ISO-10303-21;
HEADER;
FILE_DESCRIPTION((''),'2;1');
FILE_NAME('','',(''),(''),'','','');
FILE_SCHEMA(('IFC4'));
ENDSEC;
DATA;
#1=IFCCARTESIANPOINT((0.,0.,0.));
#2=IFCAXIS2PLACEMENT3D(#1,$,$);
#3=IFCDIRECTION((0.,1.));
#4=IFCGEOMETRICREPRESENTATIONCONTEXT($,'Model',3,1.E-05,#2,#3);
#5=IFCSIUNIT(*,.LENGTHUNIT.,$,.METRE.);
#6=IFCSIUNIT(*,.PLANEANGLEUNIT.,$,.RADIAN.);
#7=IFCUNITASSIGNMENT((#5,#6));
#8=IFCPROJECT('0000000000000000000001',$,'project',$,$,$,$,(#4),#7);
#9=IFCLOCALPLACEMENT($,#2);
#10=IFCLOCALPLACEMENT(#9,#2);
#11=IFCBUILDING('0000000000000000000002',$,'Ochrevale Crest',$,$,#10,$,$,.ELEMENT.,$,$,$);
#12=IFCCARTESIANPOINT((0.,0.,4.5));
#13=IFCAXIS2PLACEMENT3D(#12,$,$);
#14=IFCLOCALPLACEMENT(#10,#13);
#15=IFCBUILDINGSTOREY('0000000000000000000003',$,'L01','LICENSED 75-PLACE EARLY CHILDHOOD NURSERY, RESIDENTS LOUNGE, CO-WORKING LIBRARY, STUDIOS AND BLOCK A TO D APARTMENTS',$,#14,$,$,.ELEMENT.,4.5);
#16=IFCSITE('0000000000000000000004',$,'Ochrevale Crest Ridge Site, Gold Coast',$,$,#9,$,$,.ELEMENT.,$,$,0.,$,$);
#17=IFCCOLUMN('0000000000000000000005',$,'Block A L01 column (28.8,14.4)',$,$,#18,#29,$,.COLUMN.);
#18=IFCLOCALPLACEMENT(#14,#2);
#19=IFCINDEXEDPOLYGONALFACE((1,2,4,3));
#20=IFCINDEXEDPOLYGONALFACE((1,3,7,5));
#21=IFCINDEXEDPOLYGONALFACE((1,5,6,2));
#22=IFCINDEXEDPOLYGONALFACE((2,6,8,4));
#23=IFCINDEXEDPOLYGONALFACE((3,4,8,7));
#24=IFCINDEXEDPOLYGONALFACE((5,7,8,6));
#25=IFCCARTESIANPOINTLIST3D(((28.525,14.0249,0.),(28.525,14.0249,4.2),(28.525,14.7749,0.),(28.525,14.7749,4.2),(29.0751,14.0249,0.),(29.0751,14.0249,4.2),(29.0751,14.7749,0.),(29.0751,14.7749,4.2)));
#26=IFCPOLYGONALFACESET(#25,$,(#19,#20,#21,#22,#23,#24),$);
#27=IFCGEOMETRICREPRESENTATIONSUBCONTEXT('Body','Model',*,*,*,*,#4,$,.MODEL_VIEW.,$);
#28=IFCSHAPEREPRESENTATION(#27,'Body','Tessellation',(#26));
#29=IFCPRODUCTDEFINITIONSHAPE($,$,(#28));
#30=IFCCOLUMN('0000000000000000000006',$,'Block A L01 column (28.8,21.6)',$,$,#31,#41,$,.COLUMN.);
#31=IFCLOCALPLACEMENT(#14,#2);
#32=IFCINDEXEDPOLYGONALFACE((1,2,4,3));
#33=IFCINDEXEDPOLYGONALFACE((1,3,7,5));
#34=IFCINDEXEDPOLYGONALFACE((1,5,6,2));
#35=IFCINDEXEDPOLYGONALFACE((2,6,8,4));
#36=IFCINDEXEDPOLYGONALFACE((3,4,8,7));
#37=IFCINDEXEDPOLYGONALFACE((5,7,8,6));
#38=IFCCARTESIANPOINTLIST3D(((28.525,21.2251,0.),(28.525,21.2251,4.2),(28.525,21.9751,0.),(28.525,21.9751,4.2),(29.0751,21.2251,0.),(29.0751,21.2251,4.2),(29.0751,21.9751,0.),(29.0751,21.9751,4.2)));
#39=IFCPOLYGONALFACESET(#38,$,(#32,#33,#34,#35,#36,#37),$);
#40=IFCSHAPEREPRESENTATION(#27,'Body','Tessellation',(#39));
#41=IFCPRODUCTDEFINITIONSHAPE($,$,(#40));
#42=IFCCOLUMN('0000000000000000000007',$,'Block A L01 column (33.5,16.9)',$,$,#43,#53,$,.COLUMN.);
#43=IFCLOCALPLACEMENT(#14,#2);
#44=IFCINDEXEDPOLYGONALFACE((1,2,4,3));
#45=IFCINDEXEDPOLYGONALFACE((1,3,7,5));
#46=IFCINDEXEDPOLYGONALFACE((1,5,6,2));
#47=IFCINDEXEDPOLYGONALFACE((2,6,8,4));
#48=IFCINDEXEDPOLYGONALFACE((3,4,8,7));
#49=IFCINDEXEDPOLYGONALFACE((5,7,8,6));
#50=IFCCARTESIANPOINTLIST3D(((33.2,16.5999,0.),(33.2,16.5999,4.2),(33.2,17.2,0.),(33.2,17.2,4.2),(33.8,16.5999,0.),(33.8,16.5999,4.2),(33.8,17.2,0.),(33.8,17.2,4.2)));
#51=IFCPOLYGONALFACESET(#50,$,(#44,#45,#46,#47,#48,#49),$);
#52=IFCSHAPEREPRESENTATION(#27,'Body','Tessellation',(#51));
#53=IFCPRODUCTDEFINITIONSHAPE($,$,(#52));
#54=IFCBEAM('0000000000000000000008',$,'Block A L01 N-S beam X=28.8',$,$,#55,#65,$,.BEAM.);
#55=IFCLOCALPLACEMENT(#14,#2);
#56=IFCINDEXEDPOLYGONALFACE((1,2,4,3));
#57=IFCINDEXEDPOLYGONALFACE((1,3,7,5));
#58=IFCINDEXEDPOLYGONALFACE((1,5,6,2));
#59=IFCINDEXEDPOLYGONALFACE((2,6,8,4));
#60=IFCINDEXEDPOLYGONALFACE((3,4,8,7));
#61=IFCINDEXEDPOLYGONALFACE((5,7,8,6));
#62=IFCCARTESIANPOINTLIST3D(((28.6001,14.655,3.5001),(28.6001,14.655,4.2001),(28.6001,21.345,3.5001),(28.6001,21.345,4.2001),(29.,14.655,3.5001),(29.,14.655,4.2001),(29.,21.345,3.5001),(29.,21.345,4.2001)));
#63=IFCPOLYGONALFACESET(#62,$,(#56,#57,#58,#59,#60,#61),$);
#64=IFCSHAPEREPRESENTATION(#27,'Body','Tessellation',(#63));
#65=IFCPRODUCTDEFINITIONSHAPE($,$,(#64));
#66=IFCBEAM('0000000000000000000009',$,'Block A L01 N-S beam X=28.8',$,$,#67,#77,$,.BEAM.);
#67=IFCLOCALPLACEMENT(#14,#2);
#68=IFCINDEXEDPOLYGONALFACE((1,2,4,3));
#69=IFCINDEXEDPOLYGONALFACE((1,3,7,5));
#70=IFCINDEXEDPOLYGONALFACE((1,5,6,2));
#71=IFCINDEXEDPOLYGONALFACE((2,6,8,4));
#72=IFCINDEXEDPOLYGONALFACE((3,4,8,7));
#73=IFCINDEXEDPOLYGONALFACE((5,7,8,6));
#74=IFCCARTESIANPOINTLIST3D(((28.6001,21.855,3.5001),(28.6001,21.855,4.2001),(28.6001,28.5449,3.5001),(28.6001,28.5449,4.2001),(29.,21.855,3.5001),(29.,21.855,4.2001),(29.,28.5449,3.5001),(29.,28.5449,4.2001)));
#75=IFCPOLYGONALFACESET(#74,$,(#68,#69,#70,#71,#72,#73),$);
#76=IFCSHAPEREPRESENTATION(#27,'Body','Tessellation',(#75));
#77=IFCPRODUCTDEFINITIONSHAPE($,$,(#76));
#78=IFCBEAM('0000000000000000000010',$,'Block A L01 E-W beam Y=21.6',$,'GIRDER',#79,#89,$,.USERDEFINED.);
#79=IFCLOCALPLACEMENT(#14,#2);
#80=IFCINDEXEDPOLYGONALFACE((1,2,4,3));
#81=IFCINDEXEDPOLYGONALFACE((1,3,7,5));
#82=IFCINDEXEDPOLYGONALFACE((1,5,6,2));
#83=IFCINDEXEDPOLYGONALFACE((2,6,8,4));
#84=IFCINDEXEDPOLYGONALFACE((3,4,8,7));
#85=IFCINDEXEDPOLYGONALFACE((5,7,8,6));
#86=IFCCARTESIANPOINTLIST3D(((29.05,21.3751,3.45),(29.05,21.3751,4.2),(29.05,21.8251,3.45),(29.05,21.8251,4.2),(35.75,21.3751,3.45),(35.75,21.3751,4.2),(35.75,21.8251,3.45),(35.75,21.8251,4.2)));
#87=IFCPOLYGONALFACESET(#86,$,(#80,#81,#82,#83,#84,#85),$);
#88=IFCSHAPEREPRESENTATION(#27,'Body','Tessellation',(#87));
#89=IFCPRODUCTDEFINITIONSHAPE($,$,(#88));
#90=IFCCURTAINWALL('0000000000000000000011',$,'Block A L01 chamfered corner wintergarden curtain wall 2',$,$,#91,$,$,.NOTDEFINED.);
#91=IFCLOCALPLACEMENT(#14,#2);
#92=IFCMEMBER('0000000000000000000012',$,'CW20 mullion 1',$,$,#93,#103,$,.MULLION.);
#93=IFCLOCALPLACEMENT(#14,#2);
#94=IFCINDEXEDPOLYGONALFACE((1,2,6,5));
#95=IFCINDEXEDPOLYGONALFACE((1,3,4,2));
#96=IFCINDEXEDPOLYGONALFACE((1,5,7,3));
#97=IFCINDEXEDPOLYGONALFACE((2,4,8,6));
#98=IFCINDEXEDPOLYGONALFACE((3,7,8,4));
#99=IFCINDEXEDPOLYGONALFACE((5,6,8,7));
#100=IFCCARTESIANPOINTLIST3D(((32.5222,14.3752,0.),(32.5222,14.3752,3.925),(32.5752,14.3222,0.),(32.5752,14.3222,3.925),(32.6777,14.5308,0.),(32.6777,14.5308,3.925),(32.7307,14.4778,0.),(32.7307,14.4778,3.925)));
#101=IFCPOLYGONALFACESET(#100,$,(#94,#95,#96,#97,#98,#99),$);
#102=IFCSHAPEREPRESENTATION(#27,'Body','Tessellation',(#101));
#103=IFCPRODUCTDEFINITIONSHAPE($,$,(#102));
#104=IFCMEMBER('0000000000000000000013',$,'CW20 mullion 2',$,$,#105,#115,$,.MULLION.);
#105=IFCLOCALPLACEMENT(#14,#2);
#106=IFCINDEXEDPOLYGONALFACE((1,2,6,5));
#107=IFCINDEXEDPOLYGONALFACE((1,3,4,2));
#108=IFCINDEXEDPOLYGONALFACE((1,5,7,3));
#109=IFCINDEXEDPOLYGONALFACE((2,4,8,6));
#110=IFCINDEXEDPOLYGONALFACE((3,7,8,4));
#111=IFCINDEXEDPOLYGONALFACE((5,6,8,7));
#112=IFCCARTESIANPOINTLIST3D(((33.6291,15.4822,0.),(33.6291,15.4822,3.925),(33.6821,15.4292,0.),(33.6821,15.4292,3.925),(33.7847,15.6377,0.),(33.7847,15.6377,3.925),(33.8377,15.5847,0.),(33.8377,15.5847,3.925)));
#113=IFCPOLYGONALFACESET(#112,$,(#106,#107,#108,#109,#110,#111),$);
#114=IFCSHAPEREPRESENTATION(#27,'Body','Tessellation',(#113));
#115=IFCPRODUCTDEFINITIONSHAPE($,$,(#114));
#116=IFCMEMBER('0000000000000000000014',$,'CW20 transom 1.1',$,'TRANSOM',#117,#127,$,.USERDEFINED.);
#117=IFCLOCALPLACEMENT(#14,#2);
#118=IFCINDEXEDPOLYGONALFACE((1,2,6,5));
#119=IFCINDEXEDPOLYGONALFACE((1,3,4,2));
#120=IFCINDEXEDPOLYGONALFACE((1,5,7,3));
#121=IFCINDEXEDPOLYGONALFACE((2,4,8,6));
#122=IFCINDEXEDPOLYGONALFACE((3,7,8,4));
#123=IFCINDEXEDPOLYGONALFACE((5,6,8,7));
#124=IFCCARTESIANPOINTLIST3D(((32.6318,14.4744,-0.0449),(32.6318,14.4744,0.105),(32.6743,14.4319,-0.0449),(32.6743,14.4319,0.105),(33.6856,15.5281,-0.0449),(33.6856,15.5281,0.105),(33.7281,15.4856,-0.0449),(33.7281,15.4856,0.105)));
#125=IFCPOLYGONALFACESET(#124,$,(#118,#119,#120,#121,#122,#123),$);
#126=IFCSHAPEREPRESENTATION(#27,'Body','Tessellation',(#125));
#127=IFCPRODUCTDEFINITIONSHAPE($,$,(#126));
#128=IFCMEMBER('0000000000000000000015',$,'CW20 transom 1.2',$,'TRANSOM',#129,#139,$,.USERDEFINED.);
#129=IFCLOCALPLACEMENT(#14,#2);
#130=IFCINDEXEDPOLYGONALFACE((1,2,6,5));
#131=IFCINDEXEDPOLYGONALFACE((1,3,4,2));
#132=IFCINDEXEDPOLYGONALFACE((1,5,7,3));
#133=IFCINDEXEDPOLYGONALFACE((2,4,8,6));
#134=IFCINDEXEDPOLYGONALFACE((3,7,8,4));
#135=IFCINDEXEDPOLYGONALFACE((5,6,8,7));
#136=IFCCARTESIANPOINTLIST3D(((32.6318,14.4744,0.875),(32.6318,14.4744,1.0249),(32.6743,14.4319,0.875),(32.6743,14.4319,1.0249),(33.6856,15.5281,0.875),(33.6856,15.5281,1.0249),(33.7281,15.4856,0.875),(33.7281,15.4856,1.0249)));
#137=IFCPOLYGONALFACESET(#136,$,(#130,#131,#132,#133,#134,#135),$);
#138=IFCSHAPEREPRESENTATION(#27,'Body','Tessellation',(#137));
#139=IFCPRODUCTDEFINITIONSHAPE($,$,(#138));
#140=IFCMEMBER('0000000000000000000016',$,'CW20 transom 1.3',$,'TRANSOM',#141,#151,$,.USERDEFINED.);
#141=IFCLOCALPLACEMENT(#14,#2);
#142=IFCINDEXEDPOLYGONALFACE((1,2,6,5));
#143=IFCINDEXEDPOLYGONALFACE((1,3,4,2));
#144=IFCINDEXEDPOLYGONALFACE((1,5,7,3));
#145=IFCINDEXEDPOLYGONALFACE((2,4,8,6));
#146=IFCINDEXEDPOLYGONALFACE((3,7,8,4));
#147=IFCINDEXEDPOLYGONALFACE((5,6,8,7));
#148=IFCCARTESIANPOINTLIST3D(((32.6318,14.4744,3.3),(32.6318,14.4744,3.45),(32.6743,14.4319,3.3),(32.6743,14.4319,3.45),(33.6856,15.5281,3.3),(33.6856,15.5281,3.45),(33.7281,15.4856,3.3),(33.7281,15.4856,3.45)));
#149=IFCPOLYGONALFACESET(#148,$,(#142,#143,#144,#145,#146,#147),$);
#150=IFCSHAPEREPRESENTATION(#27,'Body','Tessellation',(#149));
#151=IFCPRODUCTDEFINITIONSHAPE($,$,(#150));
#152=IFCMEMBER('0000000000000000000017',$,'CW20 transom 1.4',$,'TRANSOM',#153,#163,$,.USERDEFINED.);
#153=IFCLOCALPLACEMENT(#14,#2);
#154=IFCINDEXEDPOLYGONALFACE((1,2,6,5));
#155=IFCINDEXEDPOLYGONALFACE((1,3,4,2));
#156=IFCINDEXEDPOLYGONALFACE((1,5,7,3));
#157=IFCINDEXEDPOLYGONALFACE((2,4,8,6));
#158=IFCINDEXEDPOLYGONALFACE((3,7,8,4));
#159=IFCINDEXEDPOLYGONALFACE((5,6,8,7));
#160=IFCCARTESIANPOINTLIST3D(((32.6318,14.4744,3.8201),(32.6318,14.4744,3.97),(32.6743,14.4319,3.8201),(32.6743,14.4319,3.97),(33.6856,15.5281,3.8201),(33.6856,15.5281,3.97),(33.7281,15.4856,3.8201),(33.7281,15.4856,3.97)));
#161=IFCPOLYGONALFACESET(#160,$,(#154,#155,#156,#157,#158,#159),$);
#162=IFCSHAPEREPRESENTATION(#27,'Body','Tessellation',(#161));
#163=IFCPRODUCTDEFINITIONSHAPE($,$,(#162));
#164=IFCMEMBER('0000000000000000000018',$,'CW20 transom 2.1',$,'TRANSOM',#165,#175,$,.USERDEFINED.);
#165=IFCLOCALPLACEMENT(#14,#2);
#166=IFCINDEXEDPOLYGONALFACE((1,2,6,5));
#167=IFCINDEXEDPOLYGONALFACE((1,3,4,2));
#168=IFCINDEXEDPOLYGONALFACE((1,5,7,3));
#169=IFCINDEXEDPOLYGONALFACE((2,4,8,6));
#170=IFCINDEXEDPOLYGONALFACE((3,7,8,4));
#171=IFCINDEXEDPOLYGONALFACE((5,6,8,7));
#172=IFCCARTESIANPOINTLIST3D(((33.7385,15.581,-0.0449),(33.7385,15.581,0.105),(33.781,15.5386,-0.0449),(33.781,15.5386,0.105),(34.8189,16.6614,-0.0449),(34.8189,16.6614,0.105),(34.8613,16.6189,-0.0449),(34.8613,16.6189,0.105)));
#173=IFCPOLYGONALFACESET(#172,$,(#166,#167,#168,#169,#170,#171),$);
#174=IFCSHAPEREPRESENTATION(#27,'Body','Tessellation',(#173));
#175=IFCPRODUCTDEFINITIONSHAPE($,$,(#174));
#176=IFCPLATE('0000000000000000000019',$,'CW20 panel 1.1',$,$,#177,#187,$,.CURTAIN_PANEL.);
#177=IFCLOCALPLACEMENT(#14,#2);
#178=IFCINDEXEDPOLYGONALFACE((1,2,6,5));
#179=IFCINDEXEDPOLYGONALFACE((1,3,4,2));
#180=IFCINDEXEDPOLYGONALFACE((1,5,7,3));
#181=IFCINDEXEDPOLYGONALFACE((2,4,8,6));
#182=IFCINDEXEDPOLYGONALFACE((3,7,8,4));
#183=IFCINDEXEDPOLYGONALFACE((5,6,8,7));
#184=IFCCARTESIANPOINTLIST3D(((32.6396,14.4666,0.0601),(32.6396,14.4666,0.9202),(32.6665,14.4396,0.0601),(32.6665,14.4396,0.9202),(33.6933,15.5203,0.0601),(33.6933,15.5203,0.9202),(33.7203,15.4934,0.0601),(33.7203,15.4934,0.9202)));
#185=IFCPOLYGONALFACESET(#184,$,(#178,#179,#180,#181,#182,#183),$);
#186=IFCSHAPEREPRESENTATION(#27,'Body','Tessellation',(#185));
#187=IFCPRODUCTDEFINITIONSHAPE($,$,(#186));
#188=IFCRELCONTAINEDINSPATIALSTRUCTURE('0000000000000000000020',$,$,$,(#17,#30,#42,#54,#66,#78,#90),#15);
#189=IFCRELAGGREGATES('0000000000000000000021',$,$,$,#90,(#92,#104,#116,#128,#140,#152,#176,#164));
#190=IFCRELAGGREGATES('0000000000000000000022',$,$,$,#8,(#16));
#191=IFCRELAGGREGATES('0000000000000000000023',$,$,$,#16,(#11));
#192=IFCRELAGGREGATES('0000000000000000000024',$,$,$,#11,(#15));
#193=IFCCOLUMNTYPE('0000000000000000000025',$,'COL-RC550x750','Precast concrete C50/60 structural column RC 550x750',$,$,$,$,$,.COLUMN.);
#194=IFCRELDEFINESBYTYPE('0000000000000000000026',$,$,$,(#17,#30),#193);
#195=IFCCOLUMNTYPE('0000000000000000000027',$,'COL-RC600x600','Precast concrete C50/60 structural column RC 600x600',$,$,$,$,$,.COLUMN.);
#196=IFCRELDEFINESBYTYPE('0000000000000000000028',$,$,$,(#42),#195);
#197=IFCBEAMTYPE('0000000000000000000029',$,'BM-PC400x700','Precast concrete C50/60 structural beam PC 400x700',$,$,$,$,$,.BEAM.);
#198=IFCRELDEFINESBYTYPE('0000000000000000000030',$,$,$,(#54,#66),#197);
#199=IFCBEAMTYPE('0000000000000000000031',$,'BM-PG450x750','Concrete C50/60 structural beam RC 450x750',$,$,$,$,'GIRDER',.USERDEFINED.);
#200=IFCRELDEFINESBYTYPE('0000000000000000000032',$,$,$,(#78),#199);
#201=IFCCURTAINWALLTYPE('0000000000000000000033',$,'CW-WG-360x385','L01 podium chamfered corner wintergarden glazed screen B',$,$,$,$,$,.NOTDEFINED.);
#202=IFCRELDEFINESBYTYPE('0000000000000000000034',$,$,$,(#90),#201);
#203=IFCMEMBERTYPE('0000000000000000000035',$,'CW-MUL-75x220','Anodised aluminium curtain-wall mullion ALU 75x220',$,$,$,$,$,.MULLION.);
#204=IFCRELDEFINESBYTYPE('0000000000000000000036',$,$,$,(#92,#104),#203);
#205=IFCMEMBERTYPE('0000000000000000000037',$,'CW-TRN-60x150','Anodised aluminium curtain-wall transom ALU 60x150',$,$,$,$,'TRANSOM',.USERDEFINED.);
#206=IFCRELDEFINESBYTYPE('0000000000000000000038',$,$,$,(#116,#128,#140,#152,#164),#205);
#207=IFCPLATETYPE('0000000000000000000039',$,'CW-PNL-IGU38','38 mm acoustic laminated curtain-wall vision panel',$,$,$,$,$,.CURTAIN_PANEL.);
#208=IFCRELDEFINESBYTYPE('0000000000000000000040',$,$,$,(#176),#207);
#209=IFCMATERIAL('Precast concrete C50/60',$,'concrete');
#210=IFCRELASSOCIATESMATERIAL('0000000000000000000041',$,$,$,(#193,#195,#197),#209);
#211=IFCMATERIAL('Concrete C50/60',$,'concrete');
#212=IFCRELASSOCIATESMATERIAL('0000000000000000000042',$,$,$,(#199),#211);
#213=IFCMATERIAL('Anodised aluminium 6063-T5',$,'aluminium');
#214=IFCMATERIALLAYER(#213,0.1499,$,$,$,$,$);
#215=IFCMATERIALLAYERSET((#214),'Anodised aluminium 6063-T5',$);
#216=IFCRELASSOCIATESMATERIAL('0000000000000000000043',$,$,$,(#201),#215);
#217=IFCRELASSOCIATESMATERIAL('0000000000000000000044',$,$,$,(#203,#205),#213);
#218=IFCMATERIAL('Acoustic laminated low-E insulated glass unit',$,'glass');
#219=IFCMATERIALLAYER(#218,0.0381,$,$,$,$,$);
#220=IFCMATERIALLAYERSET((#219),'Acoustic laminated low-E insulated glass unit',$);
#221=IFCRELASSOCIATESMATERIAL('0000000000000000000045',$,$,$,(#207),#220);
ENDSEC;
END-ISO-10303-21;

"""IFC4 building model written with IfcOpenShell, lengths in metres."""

from ifc_helpers import new_model, si_unit, direction, frame, origin, origin_2d, place, context, subcontext, project, spatial, rectangle, extrude, material, layer, layer_set, material_profile, profile_set, type_object, element, aggregate, save


model = new_model("IFC4")

# Units and contexts
model_context = context("Model", 3, precision=1e-05, world=origin(), true_north=direction((0.0, 1.0)))
body_context = subcontext(model_context, "Body", "Model", "MODEL_VIEW")
ifc_project = project(units=[si_unit("LENGTHUNIT", "METRE"), si_unit("PLANEANGLEUNIT", "RADIAN")], contexts=[model_context])

# Site, building, storey
site_placement = place(None, origin())
site = spatial("IfcSite", under=ifc_project, at=site_placement, Name="Ochrevale Crest Ridge Site, Gold Coast", CompositionType="ELEMENT", RefElevation=0.0)
building_placement = place(site_placement, origin())
building = spatial("IfcBuilding", under=site, at=building_placement, Name="Ochrevale Crest", CompositionType="ELEMENT")
storey_placement = place(building_placement, frame((0.0, 0.0, 4.5)))
storey = spatial("IfcBuildingStorey", under=building, at=storey_placement, Name="L01", Description="LICENSED 75-PLACE EARLY CHILDHOOD NURSERY, RESIDENTS LOUNGE, CO-WORKING LIBRARY, STUDIOS AND BLOCK A TO D APARTMENTS", CompositionType="ELEMENT", Elevation=4.5)

# Columns
ifc_material_1 = material(Name="Precast concrete C50/60", Category="concrete")
ifc_material_profile_1 = material_profile(ifc_material_1, rectangle(XDim=0.55, YDim=0.75, at=origin_2d()), Name="RC 550x750")
ifc_profile_set_1 = profile_set([ifc_material_profile_1], Name="Precast concrete C50/60")
column_type_1 = type_object("IfcColumnType", Name="COL-RC550x750", Description="Precast concrete C50/60 structural column RC 550x750", PredefinedType="COLUMN", material=ifc_profile_set_1)
for number, where, z_axis, x_axis, name in (
    (1, (28.8, 14.3999, 0.0), (0.0, 0.0, 1.0), (1.0, 0.0, 0.0), "Block A L01 column (28.8,14.4)"),
    (2, (28.8, 21.6001, 0.0), (0.0, 0.0, 1.0), (1.0, 0.0, 0.0), "Block A L01 column (28.8,21.6)"),
):
    element("IfcColumn", number, at=place(storey_placement, frame(where, z_axis=z_axis, x_axis=x_axis)), inside=storey, type_object=column_type_1, Name=name, PredefinedType="COLUMN", context=body_context, shape_type="SweptSolid", body=[
        extrude(rectangle(XDim=0.55, YDim=0.75, at=origin_2d()), origin(), (0.0, 0.0, 1.0), 4.2),
    ])
ifc_material_profile_2 = material_profile(ifc_material_1, rectangle(XDim=0.6001, YDim=0.6001, at=origin_2d()), Name="RC 600x600")
ifc_profile_set_2 = profile_set([ifc_material_profile_2], Name="Precast concrete C50/60")
column_type_2 = type_object("IfcColumnType", Name="COL-RC600x600", Description="Precast concrete C50/60 structural column RC 600x600", PredefinedType="COLUMN", material=ifc_profile_set_2)
column_placement = place(storey_placement, frame((33.5, 16.8999, 0.0), z_axis=(0.0, 0.0, 1.0), x_axis=(1.0, 0.0, 0.0)))
element("IfcColumn", 3, at=column_placement, inside=storey, type_object=column_type_2, Name="Block A L01 column (33.5,16.9)", PredefinedType="COLUMN", context=body_context, shape_type="SweptSolid", body=[
    extrude(rectangle(XDim=0.6001, YDim=0.6001, at=origin_2d()), origin(), (0.0, 0.0, 1.0), 4.2),
])

# Beams
ifc_material_profile_3 = material_profile(ifc_material_1, rectangle(XDim=0.3999, YDim=0.7, at=origin_2d()), Name="PC 400x700")
ifc_profile_set_3 = profile_set([ifc_material_profile_3], Name="Precast concrete C50/60")
beam_type_1 = type_object("IfcBeamType", Name="BM-PC400x700", Description="Precast concrete C50/60 structural beam PC 400x700", PredefinedType="BEAM", material=ifc_profile_set_3)
for number, where, z_axis, x_axis, name in (
    (4, (28.8, 14.655, 3.8501), (0.0, 1.0, 0.0), (-1.0, 0.0, 0.0), "Block A L01 N-S beam X=28.8"),
    (5, (28.8, 21.855, 3.8501), (0.0, 1.0, 0.0), (-1.0, 0.0, 0.0), "Block A L01 N-S beam X=28.8"),
):
    element("IfcBeam", number, at=place(storey_placement, frame(where, z_axis=z_axis, x_axis=x_axis)), inside=storey, type_object=beam_type_1, Name=name, PredefinedType="BEAM", context=body_context, shape_type="SweptSolid", body=[
        extrude(rectangle(XDim=0.3999, YDim=0.7, at=origin_2d()), origin(), (0.0, 0.0, 1.0), 6.6899),
    ])
ifc_material_2 = material(Name="Concrete C50/60", Category="concrete")
ifc_material_profile_4 = material_profile(ifc_material_2, rectangle(XDim=0.45, YDim=0.75, at=origin_2d()), Name="RC 450x750")
ifc_profile_set_4 = profile_set([ifc_material_profile_4], Name="Concrete C50/60")
beam_type_2 = type_object("IfcBeamType", Name="BM-PG450x750", Description="Concrete C50/60 structural beam RC 450x750", ElementType="GIRDER", PredefinedType="USERDEFINED", material=ifc_profile_set_4)
beam_placement = place(storey_placement, frame((29.05, 21.6001, 3.825), z_axis=(1.0, 0.0, 0.0), x_axis=(0.0, 1.0, 0.0)))
element("IfcBeam", 6, at=beam_placement, inside=storey, type_object=beam_type_2, Name="Block A L01 E-W beam Y=21.6", ObjectType="GIRDER", PredefinedType="USERDEFINED", context=body_context, shape_type="SweptSolid", body=[
    extrude(rectangle(XDim=0.45, YDim=0.75, at=origin_2d()), origin(), (0.0, 0.0, 1.0), 6.7),
])

# Curtain wall, members, plate
ifc_material_3 = material(Name="Anodised aluminium 6063-T5", Category="aluminium")
ifc_layer_1 = layer(ifc_material_3, 0.1499)
ifc_layer_set_1 = layer_set([ifc_layer_1], Name="Anodised aluminium 6063-T5")
curtain_wall_type = type_object("IfcCurtainWallType", Name="CW-WG-360x385", Description="L01 podium chamfered corner wintergarden glazed screen B", PredefinedType="NOTDEFINED", material=ifc_layer_set_1)
curtain_wall_placement = place(storey_placement, origin())
curtain_wall = element("IfcCurtainWall", 7, at=curtain_wall_placement, inside=storey, type_object=curtain_wall_type, Name="Block A L01 chamfered corner wintergarden curtain wall 2", PredefinedType="NOTDEFINED")
ifc_material_profile_5 = material_profile(ifc_material_3, rectangle(XDim=0.075, YDim=0.22, at=origin_2d()), Name="ALU 75x220")
ifc_profile_set_5 = profile_set([ifc_material_profile_5], Name="Anodised aluminium 6063-T5")
member_type_1 = type_object("IfcMemberType", Name="CW-MUL-75x220", Description="Anodised aluminium curtain-wall mullion ALU 75x220", PredefinedType="MULLION", material=ifc_profile_set_5)
member_1_placement = place(storey_placement, frame((32.6265, 14.4265, 0.0), z_axis=(0.0, 0.0, 1.0), x_axis=(-0.707107, 0.707107, 0.0)))
member_1 = element("IfcMember", 8, at=member_1_placement, type_object=member_type_1, Name="CW20 mullion 1", PredefinedType="MULLION", context=body_context, shape_type="SweptSolid", body=[
    extrude(rectangle(XDim=0.075, YDim=0.22, at=origin_2d()), origin(), (0.0, 0.0, 1.0), 3.925),
])
member_2_placement = place(storey_placement, frame((33.7334, 15.5334, 0.0), z_axis=(0.0, 0.0, 1.0), x_axis=(-0.707107, 0.707107, 0.0)))
member_2 = element("IfcMember", 9, at=member_2_placement, type_object=member_type_1, Name="CW20 mullion 2", PredefinedType="MULLION", context=body_context, shape_type="SweptSolid", body=[
    extrude(rectangle(XDim=0.075, YDim=0.22, at=origin_2d()), origin(), (0.0, 0.0, 1.0), 3.925),
])
ifc_material_profile_6 = material_profile(ifc_material_3, rectangle(XDim=0.0601, YDim=0.1499, at=origin_2d()), Name="ALU 60x150")
ifc_profile_set_6 = profile_set([ifc_material_profile_6], Name="Anodised aluminium 6063-T5")
member_type_2 = type_object("IfcMemberType", Name="CW-TRN-60x150", Description="Anodised aluminium curtain-wall transom ALU 60x150", ElementType="TRANSOM", PredefinedType="USERDEFINED", material=ifc_profile_set_6)
member_3_placement = place(storey_placement, frame((32.6531, 14.4531, 0.03), z_axis=(0.707107, 0.707107, 0.0), x_axis=(-0.707107, 0.707107, 0.0)))
member_3 = element("IfcMember", 10, at=member_3_placement, type_object=member_type_2, Name="CW20 transom 1.1", ObjectType="TRANSOM", PredefinedType="USERDEFINED", context=body_context, shape_type="SweptSolid", body=[
    extrude(rectangle(XDim=0.0601, YDim=0.1499, at=origin_2d()), origin(), (0.0, 0.0, 1.0), 1.4902),
])
member_4_placement = place(storey_placement, frame((32.6531, 14.4531, 0.95), z_axis=(0.707107, 0.707107, 0.0), x_axis=(-0.707107, 0.707107, 0.0)))
member_4 = element("IfcMember", 11, at=member_4_placement, type_object=member_type_2, Name="CW20 transom 1.2", ObjectType="TRANSOM", PredefinedType="USERDEFINED", context=body_context, shape_type="SweptSolid", body=[
    extrude(rectangle(XDim=0.0601, YDim=0.1499, at=origin_2d()), origin(), (0.0, 0.0, 1.0), 1.4902),
])
member_5_placement = place(storey_placement, frame((32.6531, 14.4531, 3.375), z_axis=(0.707107, 0.707107, 0.0), x_axis=(-0.707107, 0.707107, 0.0)))
member_5 = element("IfcMember", 12, at=member_5_placement, type_object=member_type_2, Name="CW20 transom 1.3", ObjectType="TRANSOM", PredefinedType="USERDEFINED", context=body_context, shape_type="SweptSolid", body=[
    extrude(rectangle(XDim=0.0601, YDim=0.1499, at=origin_2d()), origin(), (0.0, 0.0, 1.0), 1.4902),
])
member_6_placement = place(storey_placement, frame((32.6531, 14.4531, 3.895), z_axis=(0.707107, 0.707107, 0.0), x_axis=(-0.707107, 0.707107, 0.0)))
member_6 = element("IfcMember", 13, at=member_6_placement, type_object=member_type_2, Name="CW20 transom 1.4", ObjectType="TRANSOM", PredefinedType="USERDEFINED", context=body_context, shape_type="SweptSolid", body=[
    extrude(rectangle(XDim=0.0601, YDim=0.1499, at=origin_2d()), origin(), (0.0, 0.0, 1.0), 1.4902),
])
member_7_placement = place(storey_placement, frame((33.7598, 15.5598, 0.03), z_axis=(0.707107, 0.707107, 0.0), x_axis=(-0.707107, 0.707107, 0.0)))
member_7 = element("IfcMember", 14, at=member_7_placement, type_object=member_type_2, Name="CW20 transom 2.1", ObjectType="TRANSOM", PredefinedType="USERDEFINED", context=body_context, shape_type="SweptSolid", body=[
    extrude(rectangle(XDim=0.0601, YDim=0.1499, at=origin_2d()), origin(), (0.0, 0.0, 1.0), 1.5278),
])
ifc_material_4 = material(Name="Acoustic laminated low-E insulated glass unit", Category="glass")
ifc_layer_2 = layer(ifc_material_4, 0.0381)
ifc_layer_set_2 = layer_set([ifc_layer_2], Name="Acoustic laminated low-E insulated glass unit")
plate_type_1 = type_object("IfcPlateType", Name="CW-PNL-IGU38", Description="38 mm acoustic laminated curtain-wall vision panel", PredefinedType="CURTAIN_PANEL", material=ifc_layer_set_2)
plate_1_placement = place(storey_placement, frame((33.1799, 14.98, 0.0601), z_axis=(0.0, 0.0, 1.0), x_axis=(0.707107, 0.707107, 0.0)))
plate_1 = element("IfcPlate", 15, at=plate_1_placement, type_object=plate_type_1, Name="CW20 panel 1.1", PredefinedType="CURTAIN_PANEL", context=body_context, shape_type="SweptSolid", body=[
    extrude(rectangle(XDim=1.4902, YDim=0.0381, at=origin_2d()), origin(), (0.0, 0.0, 1.0), 0.8601),
])
aggregate(curtain_wall, [member_1, member_2, member_3, member_4, member_5, member_6, plate_1, member_7])

save(model, "model.ifc")
